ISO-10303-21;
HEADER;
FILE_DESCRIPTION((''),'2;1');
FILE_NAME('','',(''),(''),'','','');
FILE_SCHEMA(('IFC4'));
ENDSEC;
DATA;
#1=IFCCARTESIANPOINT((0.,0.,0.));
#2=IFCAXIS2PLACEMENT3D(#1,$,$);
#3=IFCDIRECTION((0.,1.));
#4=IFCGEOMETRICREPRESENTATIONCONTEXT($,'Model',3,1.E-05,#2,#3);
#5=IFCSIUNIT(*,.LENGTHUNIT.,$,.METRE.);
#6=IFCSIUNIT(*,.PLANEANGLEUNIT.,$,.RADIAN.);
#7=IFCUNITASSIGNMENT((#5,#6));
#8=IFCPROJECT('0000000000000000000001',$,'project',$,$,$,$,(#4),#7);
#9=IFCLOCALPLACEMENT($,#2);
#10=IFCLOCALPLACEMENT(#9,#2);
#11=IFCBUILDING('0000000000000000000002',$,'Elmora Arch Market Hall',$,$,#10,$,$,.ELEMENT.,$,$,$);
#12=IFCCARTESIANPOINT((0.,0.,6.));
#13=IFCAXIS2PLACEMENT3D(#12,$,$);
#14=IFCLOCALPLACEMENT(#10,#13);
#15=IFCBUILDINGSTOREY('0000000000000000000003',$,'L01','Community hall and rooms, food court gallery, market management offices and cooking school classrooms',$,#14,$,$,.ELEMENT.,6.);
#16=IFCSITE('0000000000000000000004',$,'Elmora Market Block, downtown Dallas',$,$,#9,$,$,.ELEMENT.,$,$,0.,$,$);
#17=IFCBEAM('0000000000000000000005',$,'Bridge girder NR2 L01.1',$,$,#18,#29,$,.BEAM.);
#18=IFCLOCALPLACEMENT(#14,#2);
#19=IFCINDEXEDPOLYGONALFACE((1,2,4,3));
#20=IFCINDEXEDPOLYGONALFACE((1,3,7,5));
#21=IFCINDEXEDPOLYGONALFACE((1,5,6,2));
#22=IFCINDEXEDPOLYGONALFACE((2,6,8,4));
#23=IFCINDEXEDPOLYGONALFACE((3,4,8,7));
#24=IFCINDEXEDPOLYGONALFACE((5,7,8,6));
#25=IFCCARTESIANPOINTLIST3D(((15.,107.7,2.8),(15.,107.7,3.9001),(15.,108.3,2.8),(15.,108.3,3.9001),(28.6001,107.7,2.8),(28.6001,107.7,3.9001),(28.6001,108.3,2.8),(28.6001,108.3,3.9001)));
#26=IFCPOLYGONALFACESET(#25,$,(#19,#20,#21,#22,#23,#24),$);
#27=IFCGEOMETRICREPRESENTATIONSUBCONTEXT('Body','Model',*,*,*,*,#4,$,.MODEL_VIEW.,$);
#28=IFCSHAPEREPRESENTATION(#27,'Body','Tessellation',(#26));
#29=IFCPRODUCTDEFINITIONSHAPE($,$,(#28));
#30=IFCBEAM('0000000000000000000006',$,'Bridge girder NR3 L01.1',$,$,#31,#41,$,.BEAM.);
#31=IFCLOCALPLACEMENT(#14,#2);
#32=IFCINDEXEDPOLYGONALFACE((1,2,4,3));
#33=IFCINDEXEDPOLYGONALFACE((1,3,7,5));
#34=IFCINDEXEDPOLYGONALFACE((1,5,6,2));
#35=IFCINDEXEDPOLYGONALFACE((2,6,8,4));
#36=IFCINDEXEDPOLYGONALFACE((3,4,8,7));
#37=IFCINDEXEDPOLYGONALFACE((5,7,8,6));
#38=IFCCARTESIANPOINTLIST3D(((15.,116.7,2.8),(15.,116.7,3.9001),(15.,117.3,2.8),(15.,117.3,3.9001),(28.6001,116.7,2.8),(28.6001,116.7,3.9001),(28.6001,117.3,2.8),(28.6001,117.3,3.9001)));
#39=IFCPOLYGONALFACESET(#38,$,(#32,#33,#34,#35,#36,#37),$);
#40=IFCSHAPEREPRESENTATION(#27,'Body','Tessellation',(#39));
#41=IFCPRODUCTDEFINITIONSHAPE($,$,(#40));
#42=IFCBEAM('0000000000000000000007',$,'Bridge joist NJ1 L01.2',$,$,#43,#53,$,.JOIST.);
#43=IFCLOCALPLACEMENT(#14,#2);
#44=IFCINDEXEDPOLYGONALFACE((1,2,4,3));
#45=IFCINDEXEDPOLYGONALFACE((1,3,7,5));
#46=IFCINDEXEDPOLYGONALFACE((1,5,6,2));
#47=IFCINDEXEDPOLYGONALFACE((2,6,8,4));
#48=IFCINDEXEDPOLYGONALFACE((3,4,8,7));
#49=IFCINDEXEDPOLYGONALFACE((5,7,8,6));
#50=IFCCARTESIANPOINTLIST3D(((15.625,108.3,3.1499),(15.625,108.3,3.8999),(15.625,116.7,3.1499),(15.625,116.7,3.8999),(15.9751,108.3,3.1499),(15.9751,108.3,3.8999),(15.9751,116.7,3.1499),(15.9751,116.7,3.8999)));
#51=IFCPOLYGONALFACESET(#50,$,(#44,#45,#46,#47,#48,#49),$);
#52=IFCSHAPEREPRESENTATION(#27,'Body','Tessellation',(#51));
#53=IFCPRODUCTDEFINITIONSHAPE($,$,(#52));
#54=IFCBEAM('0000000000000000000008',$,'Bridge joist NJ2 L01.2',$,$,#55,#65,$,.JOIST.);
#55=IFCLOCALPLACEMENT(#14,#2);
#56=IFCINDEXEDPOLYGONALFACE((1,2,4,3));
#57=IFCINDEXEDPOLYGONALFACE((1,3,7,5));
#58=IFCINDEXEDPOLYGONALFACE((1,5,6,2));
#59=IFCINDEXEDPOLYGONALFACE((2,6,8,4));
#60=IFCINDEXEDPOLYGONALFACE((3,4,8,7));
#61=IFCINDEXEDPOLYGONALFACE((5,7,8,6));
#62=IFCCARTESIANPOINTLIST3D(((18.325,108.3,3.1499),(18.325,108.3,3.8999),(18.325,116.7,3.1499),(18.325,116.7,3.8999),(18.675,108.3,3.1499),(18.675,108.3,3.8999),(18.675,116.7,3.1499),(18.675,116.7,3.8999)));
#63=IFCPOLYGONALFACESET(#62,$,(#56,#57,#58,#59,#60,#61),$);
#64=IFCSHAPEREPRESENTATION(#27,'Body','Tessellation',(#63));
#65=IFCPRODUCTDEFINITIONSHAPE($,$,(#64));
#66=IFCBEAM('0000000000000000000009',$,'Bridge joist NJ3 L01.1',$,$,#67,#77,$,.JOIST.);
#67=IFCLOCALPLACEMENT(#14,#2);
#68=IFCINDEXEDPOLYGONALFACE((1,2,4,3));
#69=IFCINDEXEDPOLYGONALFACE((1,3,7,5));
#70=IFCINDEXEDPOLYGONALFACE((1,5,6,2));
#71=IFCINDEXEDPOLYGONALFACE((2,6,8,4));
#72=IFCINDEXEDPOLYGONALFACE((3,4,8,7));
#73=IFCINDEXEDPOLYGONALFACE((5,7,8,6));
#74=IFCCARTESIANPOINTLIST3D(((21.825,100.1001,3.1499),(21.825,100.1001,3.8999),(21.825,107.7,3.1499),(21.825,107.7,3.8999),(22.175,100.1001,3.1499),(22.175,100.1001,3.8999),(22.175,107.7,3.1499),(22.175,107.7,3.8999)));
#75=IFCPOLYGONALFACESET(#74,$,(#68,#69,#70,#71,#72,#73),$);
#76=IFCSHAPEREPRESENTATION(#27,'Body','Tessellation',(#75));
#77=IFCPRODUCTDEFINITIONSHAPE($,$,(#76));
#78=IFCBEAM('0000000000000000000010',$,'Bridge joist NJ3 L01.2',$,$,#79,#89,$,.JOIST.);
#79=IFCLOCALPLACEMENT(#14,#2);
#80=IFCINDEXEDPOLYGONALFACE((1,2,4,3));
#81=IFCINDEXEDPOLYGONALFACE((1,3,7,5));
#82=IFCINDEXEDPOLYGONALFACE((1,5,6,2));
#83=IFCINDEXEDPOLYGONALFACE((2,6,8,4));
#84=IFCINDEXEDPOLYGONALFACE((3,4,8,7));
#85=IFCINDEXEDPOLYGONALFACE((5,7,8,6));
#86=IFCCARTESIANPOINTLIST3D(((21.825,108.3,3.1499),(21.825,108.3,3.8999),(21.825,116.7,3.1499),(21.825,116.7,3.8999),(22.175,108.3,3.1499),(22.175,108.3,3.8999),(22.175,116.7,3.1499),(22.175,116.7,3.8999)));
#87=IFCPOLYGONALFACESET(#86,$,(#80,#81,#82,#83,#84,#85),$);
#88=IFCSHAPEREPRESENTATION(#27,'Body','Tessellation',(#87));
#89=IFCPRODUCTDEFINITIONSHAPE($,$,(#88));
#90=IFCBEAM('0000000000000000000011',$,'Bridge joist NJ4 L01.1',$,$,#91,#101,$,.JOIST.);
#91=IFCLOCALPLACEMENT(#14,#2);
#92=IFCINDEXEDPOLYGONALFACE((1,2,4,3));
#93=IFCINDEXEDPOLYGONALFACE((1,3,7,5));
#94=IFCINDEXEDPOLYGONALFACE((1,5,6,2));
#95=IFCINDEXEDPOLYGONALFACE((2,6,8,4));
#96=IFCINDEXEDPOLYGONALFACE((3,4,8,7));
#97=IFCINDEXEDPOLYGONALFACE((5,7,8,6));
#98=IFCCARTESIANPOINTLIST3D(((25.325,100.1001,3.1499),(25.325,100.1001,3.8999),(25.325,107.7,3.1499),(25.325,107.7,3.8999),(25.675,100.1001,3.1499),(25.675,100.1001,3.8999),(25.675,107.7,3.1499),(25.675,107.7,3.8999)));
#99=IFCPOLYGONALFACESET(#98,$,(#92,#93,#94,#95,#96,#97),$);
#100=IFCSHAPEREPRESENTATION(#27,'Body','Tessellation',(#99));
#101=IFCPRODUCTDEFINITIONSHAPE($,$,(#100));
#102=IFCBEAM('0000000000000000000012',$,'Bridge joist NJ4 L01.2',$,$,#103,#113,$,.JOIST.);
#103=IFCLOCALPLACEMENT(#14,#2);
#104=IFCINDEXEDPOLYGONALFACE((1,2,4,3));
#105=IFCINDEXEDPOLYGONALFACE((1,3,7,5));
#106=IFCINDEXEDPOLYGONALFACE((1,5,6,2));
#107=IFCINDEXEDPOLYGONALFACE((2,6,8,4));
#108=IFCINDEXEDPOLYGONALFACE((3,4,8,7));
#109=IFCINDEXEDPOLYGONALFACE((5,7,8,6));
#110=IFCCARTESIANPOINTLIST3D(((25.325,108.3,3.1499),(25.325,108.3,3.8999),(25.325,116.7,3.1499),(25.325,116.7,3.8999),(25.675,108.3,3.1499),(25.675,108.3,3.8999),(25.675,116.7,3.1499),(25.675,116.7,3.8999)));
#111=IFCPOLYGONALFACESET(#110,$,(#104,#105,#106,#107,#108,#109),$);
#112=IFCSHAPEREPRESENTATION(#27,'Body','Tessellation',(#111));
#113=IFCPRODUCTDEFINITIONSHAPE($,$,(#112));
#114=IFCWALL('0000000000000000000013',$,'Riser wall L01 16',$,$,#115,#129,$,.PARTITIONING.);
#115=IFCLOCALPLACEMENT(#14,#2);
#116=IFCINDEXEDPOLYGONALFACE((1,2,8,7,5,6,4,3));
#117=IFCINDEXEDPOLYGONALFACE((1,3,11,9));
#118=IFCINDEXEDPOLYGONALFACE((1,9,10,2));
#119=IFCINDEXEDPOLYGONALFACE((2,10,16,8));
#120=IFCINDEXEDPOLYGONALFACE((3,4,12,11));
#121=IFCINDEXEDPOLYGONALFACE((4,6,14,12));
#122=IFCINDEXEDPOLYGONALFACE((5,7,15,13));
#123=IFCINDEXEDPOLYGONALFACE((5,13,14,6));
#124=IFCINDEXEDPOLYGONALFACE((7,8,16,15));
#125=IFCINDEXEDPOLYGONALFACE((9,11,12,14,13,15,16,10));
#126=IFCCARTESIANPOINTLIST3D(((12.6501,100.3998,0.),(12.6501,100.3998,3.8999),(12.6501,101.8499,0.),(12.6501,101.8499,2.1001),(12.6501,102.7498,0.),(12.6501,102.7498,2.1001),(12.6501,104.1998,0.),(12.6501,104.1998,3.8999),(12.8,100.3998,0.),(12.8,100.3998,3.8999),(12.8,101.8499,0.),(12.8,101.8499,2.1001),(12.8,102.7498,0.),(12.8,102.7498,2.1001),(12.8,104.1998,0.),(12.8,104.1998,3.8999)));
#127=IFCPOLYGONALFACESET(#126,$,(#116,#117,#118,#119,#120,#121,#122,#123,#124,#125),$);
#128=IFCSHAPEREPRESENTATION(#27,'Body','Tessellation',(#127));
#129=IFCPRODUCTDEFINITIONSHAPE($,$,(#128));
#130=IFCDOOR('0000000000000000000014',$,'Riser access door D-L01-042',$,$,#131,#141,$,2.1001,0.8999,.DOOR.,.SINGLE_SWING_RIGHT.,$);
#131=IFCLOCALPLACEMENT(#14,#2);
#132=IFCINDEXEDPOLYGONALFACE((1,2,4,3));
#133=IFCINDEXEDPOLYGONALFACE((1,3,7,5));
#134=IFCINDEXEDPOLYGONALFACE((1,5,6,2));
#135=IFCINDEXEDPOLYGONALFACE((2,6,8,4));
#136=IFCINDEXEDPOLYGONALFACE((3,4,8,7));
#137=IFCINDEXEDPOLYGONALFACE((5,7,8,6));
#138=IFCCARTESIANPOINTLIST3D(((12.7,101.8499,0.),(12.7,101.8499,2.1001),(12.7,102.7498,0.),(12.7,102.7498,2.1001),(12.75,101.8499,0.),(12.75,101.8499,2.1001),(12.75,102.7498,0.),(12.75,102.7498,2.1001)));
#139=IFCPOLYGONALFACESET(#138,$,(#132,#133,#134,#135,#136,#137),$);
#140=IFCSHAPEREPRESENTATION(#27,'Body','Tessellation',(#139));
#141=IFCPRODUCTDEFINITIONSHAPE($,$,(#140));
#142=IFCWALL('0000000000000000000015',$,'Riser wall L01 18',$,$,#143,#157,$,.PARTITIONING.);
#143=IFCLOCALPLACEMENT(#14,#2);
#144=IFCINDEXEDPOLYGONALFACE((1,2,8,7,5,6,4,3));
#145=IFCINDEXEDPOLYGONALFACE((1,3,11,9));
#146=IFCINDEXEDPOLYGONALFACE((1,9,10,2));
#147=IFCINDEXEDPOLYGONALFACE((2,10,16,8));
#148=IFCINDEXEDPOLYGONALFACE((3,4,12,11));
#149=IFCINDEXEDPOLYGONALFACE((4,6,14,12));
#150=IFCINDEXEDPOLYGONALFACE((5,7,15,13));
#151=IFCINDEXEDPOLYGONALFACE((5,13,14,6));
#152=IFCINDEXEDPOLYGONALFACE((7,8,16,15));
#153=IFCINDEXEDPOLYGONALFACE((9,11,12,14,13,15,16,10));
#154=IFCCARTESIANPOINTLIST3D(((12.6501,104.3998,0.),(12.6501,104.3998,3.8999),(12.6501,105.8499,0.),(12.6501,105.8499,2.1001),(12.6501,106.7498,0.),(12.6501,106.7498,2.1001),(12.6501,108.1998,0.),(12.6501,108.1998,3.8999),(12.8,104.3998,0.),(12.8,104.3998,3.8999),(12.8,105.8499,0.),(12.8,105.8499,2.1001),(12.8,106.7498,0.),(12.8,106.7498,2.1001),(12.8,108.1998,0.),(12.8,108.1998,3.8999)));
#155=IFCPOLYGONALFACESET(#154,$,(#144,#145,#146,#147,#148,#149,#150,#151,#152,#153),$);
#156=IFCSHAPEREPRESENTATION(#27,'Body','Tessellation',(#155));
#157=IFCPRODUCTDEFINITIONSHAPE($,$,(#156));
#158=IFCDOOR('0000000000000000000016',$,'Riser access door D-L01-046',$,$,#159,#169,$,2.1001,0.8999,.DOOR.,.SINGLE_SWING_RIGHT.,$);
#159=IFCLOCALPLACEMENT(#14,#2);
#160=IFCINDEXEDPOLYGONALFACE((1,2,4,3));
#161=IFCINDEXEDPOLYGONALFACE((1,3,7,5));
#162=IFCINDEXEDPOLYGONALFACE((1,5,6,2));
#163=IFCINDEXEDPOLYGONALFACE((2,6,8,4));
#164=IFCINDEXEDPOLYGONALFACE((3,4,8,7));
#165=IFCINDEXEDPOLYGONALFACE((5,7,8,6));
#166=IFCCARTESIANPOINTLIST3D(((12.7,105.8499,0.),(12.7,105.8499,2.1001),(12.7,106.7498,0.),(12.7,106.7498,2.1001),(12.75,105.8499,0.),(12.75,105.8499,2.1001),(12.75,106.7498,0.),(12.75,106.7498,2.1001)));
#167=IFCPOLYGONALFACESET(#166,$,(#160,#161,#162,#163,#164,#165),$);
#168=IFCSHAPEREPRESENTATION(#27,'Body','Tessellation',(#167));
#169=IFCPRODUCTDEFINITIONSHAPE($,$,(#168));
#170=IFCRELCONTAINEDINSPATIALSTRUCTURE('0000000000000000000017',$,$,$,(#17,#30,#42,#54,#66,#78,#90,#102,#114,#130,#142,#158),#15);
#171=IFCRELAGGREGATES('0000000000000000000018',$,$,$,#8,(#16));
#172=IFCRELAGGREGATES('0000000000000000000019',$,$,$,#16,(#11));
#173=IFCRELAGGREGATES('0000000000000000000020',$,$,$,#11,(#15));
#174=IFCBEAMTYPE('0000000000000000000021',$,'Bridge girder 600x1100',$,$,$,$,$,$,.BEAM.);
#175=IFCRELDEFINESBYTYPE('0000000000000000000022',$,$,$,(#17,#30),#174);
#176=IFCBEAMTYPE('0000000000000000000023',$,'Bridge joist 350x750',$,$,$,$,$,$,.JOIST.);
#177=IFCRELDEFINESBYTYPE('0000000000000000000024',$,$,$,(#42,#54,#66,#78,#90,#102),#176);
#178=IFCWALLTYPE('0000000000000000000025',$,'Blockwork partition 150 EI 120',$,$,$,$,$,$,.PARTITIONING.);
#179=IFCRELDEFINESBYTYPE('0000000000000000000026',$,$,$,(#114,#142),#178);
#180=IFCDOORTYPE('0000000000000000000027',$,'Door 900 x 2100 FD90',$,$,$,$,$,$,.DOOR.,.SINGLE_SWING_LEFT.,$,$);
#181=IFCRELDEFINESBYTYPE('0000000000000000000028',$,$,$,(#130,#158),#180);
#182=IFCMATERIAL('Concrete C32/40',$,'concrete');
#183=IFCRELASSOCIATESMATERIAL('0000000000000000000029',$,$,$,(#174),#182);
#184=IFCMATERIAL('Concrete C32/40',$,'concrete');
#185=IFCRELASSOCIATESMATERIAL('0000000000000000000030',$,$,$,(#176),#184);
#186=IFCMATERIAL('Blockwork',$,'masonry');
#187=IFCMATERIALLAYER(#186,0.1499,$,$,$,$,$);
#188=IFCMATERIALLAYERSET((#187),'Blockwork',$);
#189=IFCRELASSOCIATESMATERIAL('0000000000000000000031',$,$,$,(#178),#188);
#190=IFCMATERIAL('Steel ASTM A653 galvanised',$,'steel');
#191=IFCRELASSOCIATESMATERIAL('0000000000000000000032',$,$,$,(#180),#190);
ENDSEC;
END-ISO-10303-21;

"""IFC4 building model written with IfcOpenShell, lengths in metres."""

from ifc_helpers import new_model, si_unit, direction, frame, frame_2d, origin, origin_2d, place, context, subcontext, project, spatial, rectangle, extrude, material, layer, layer_set, material_profile, profile_set, type_object, element, fill, save


model = new_model("IFC4")

# Units and contexts
model_context = context("Model", 3, precision=1e-05, world=origin(), true_north=direction((0.0, 1.0)))
body_context = subcontext(model_context, "Body", "Model", "MODEL_VIEW")
ifc_project = project(units=[si_unit("LENGTHUNIT", "METRE"), si_unit("PLANEANGLEUNIT", "RADIAN")], contexts=[model_context])

# Site, building, storey
site_placement = place(None, origin())
site = spatial("IfcSite", under=ifc_project, at=site_placement, Name="Elmora Market Block, downtown Dallas", CompositionType="ELEMENT", RefElevation=0.0)
building_placement = place(site_placement, origin())
building = spatial("IfcBuilding", under=site, at=building_placement, Name="Elmora Arch Market Hall", CompositionType="ELEMENT")
storey_placement = place(building_placement, frame((0.0, 0.0, 6.0)))
storey = spatial("IfcBuildingStorey", under=building, at=storey_placement, Name="L01", Description="Community hall and rooms, food court gallery, market management offices and cooking school classrooms", CompositionType="ELEMENT", Elevation=6.0)

# Beams
ifc_material_1 = material(Name="Concrete C32/40", Category="concrete")
ifc_material_profile_1 = material_profile(ifc_material_1, rectangle(XDim=0.6001, YDim=1.1001, at=origin_2d()), Name="Bridge girder 600x1100")
ifc_profile_set_1 = profile_set([ifc_material_profile_1], Name="Concrete C32/40")
beam_type_1 = type_object("IfcBeamType", Name="Bridge girder 600x1100", PredefinedType="BEAM", material=ifc_profile_set_1)
for number, where, z_axis, x_axis, name in (
    (1, (15.0, 108.0, 3.3501), (1.0, 0.0, 0.0), (0.0, 1.0, 0.0), "Bridge girder NR2 L01.1"),
    (2, (15.0, 117.0, 3.3501), (1.0, 0.0, 0.0), (0.0, 1.0, 0.0), "Bridge girder NR3 L01.1"),
):
    element("IfcBeam", number, at=place(storey_placement, frame(where, z_axis=z_axis, x_axis=x_axis)), inside=storey, type_object=beam_type_1, Name=name, PredefinedType="BEAM", context=body_context, shape_type="SweptSolid", body=[
        extrude(rectangle(XDim=0.6001, YDim=1.1001, at=origin_2d()), origin(), (0.0, 0.0, 1.0), 13.6001),
    ])
ifc_material_2 = material(Name="Concrete C32/40", Category="concrete")
ifc_material_profile_2 = material_profile(ifc_material_2, rectangle(XDim=0.3501, YDim=0.75, at=origin_2d()), Name="Bridge joist 350x750")
ifc_profile_set_2 = profile_set([ifc_material_profile_2], Name="Concrete C32/40")
beam_type_2 = type_object("IfcBeamType", Name="Bridge joist 350x750", PredefinedType="JOIST", material=ifc_profile_set_2)
for number, where, z_axis, x_axis, name in (
    (3, (15.8, 108.3, 3.5249), (0.0, 1.0, 0.0), (-1.0, 0.0, 0.0), "Bridge joist NJ1 L01.2"),
    (4, (18.5, 108.3, 3.5249), (0.0, 1.0, 0.0), (-1.0, 0.0, 0.0), "Bridge joist NJ2 L01.2"),
):
    element("IfcBeam", number, at=place(storey_placement, frame(where, z_axis=z_axis, x_axis=x_axis)), inside=storey, type_object=beam_type_2, Name=name, PredefinedType="JOIST", context=body_context, shape_type="SweptSolid", body=[
        extrude(rectangle(XDim=0.3501, YDim=0.75, at=origin_2d()), origin(), (0.0, 0.0, 1.0), 8.3999),
    ])
beam_1_placement = place(storey_placement, frame((22.0, 100.1001, 3.5249), z_axis=(0.0, 1.0, 0.0), x_axis=(-1.0, 0.0, 0.0)))
element("IfcBeam", 5, at=beam_1_placement, inside=storey, type_object=beam_type_2, Name="Bridge joist NJ3 L01.1", PredefinedType="JOIST", context=body_context, shape_type="SweptSolid", body=[
    extrude(rectangle(XDim=0.3501, YDim=0.75, at=origin_2d()), origin(), (0.0, 0.0, 1.0), 7.5999),
])
beam_2_placement = place(storey_placement, frame((22.0, 108.3, 3.5249), z_axis=(0.0, 1.0, 0.0), x_axis=(-1.0, 0.0, 0.0)))
element("IfcBeam", 6, at=beam_2_placement, inside=storey, type_object=beam_type_2, Name="Bridge joist NJ3 L01.2", PredefinedType="JOIST", context=body_context, shape_type="SweptSolid", body=[
    extrude(rectangle(XDim=0.3501, YDim=0.75, at=origin_2d()), origin(), (0.0, 0.0, 1.0), 8.3999),
])
beam_3_placement = place(storey_placement, frame((25.5, 100.1001, 3.5249), z_axis=(0.0, 1.0, 0.0), x_axis=(-1.0, 0.0, 0.0)))
element("IfcBeam", 7, at=beam_3_placement, inside=storey, type_object=beam_type_2, Name="Bridge joist NJ4 L01.1", PredefinedType="JOIST", context=body_context, shape_type="SweptSolid", body=[
    extrude(rectangle(XDim=0.3501, YDim=0.75, at=origin_2d()), origin(), (0.0, 0.0, 1.0), 7.5999),
])
beam_4_placement = place(storey_placement, frame((25.5, 108.3, 3.5249), z_axis=(0.0, 1.0, 0.0), x_axis=(-1.0, 0.0, 0.0)))
element("IfcBeam", 8, at=beam_4_placement, inside=storey, type_object=beam_type_2, Name="Bridge joist NJ4 L01.2", PredefinedType="JOIST", context=body_context, shape_type="SweptSolid", body=[
    extrude(rectangle(XDim=0.3501, YDim=0.75, at=origin_2d()), origin(), (0.0, 0.0, 1.0), 8.3999),
])

# Walls, openings, doors
ifc_material_3 = material(Name="Blockwork", Category="masonry")
ifc_layer_1 = layer(ifc_material_3, 0.1499)
ifc_layer_set_1 = layer_set([ifc_layer_1], Name="Blockwork")
wall_type_1 = type_object("IfcWallType", Name="Blockwork partition 150 EI 120", PredefinedType="PARTITIONING", material=ifc_layer_set_1)
wall_1_placement = place(storey_placement, frame((12.7251, 100.3999, 0.0), z_axis=(0.0, 0.0, 1.0), x_axis=(0.0, 1.0, 0.0)))
wall_1 = element("IfcWall", 9, at=wall_1_placement, inside=storey, type_object=wall_type_1, Name="Riser wall L01 16", PredefinedType="PARTITIONING", context=body_context, shape_type="SweptSolid", body=[
    extrude(rectangle(XDim=3.8, YDim=0.1499, at=frame_2d((1.8999, 0.0))), origin(), (0.0, 0.0, 1.0), 3.8999),
])
opening_1_placement = place(wall_1_placement, frame((1.45, 0.0, 0.0)))
opening_1 = element("IfcOpeningElement", 10, at=opening_1_placement, cuts=wall_1, PredefinedType="OPENING", context=body_context, shape_type="SweptSolid", body=[
    extrude(rectangle(XDim=0.8999, YDim=2.1001, at=frame_2d((0.45, 1.05))), frame((0.0, 0.085, 0.0), z_axis=(0.0, -1.0, 0.0), x_axis=(1.0, 0.0, 0.0)), (0.0, 0.0, 1.0), 0.1699),
])
ifc_material_4 = material(Name="Steel ASTM A653 galvanised", Category="steel")
door_type_1 = type_object("IfcDoorType", Name="Door 900 x 2100 FD90", OperationType="SINGLE_SWING_LEFT", PredefinedType="DOOR", material=ifc_material_4)
door_1_placement = place(opening_1_placement, frame((0.8999, 0.0, 0.0), z_axis=(0.0, 0.0, 1.0), x_axis=(-1.0, 0.0, 0.0)))
door_1 = element("IfcDoor", 11, at=door_1_placement, inside=storey, type_object=door_type_1, Name="Riser access door D-L01-042", OperationType="SINGLE_SWING_RIGHT", OverallHeight=2.1001, OverallWidth=0.8999, PredefinedType="DOOR", context=body_context, shape_type="SweptSolid", body=[
    extrude(rectangle(XDim=0.8999, YDim=2.1001, at=frame_2d((0.45, 1.05))), frame((0.0, 0.0249, 0.0), z_axis=(0.0, -1.0, 0.0), x_axis=(1.0, 0.0, 0.0)), (0.0, 0.0, 1.0), 0.05),
])
fill(opening_1, door_1)
wall_2_placement = place(storey_placement, frame((12.7251, 104.3999, 0.0), z_axis=(0.0, 0.0, 1.0), x_axis=(0.0, 1.0, 0.0)))
wall_2 = element("IfcWall", 12, at=wall_2_placement, inside=storey, type_object=wall_type_1, Name="Riser wall L01 18", PredefinedType="PARTITIONING", context=body_context, shape_type="SweptSolid", body=[
    extrude(rectangle(XDim=3.8, YDim=0.1499, at=frame_2d((1.8999, 0.0))), origin(), (0.0, 0.0, 1.0), 3.8999),
])
opening_2_placement = place(wall_2_placement, frame((1.45, 0.0, 0.0)))
opening_2 = element("IfcOpeningElement", 13, at=opening_2_placement, cuts=wall_2, PredefinedType="OPENING", context=body_context, shape_type="SweptSolid", body=[
    extrude(rectangle(XDim=0.8999, YDim=2.1001, at=frame_2d((0.45, 1.05))), frame((0.0, 0.085, 0.0), z_axis=(0.0, -1.0, 0.0), x_axis=(1.0, 0.0, 0.0)), (0.0, 0.0, 1.0), 0.1699),
])
door_2_placement = place(opening_2_placement, frame((0.8999, 0.0, 0.0), z_axis=(0.0, 0.0, 1.0), x_axis=(-1.0, 0.0, 0.0)))
door_2 = element("IfcDoor", 14, at=door_2_placement, inside=storey, type_object=door_type_1, Name="Riser access door D-L01-046", OperationType="SINGLE_SWING_RIGHT", OverallHeight=2.1001, OverallWidth=0.8999, PredefinedType="DOOR", context=body_context, shape_type="SweptSolid", body=[
    extrude(rectangle(XDim=0.8999, YDim=2.1001, at=frame_2d((0.45, 1.05))), frame((0.0, 0.0249, 0.0), z_axis=(0.0, -1.0, 0.0), x_axis=(1.0, 0.0, 0.0)), (0.0, 0.0, 1.0), 0.05),
])
fill(opening_2, door_2)

save(model, "model.ifc")
